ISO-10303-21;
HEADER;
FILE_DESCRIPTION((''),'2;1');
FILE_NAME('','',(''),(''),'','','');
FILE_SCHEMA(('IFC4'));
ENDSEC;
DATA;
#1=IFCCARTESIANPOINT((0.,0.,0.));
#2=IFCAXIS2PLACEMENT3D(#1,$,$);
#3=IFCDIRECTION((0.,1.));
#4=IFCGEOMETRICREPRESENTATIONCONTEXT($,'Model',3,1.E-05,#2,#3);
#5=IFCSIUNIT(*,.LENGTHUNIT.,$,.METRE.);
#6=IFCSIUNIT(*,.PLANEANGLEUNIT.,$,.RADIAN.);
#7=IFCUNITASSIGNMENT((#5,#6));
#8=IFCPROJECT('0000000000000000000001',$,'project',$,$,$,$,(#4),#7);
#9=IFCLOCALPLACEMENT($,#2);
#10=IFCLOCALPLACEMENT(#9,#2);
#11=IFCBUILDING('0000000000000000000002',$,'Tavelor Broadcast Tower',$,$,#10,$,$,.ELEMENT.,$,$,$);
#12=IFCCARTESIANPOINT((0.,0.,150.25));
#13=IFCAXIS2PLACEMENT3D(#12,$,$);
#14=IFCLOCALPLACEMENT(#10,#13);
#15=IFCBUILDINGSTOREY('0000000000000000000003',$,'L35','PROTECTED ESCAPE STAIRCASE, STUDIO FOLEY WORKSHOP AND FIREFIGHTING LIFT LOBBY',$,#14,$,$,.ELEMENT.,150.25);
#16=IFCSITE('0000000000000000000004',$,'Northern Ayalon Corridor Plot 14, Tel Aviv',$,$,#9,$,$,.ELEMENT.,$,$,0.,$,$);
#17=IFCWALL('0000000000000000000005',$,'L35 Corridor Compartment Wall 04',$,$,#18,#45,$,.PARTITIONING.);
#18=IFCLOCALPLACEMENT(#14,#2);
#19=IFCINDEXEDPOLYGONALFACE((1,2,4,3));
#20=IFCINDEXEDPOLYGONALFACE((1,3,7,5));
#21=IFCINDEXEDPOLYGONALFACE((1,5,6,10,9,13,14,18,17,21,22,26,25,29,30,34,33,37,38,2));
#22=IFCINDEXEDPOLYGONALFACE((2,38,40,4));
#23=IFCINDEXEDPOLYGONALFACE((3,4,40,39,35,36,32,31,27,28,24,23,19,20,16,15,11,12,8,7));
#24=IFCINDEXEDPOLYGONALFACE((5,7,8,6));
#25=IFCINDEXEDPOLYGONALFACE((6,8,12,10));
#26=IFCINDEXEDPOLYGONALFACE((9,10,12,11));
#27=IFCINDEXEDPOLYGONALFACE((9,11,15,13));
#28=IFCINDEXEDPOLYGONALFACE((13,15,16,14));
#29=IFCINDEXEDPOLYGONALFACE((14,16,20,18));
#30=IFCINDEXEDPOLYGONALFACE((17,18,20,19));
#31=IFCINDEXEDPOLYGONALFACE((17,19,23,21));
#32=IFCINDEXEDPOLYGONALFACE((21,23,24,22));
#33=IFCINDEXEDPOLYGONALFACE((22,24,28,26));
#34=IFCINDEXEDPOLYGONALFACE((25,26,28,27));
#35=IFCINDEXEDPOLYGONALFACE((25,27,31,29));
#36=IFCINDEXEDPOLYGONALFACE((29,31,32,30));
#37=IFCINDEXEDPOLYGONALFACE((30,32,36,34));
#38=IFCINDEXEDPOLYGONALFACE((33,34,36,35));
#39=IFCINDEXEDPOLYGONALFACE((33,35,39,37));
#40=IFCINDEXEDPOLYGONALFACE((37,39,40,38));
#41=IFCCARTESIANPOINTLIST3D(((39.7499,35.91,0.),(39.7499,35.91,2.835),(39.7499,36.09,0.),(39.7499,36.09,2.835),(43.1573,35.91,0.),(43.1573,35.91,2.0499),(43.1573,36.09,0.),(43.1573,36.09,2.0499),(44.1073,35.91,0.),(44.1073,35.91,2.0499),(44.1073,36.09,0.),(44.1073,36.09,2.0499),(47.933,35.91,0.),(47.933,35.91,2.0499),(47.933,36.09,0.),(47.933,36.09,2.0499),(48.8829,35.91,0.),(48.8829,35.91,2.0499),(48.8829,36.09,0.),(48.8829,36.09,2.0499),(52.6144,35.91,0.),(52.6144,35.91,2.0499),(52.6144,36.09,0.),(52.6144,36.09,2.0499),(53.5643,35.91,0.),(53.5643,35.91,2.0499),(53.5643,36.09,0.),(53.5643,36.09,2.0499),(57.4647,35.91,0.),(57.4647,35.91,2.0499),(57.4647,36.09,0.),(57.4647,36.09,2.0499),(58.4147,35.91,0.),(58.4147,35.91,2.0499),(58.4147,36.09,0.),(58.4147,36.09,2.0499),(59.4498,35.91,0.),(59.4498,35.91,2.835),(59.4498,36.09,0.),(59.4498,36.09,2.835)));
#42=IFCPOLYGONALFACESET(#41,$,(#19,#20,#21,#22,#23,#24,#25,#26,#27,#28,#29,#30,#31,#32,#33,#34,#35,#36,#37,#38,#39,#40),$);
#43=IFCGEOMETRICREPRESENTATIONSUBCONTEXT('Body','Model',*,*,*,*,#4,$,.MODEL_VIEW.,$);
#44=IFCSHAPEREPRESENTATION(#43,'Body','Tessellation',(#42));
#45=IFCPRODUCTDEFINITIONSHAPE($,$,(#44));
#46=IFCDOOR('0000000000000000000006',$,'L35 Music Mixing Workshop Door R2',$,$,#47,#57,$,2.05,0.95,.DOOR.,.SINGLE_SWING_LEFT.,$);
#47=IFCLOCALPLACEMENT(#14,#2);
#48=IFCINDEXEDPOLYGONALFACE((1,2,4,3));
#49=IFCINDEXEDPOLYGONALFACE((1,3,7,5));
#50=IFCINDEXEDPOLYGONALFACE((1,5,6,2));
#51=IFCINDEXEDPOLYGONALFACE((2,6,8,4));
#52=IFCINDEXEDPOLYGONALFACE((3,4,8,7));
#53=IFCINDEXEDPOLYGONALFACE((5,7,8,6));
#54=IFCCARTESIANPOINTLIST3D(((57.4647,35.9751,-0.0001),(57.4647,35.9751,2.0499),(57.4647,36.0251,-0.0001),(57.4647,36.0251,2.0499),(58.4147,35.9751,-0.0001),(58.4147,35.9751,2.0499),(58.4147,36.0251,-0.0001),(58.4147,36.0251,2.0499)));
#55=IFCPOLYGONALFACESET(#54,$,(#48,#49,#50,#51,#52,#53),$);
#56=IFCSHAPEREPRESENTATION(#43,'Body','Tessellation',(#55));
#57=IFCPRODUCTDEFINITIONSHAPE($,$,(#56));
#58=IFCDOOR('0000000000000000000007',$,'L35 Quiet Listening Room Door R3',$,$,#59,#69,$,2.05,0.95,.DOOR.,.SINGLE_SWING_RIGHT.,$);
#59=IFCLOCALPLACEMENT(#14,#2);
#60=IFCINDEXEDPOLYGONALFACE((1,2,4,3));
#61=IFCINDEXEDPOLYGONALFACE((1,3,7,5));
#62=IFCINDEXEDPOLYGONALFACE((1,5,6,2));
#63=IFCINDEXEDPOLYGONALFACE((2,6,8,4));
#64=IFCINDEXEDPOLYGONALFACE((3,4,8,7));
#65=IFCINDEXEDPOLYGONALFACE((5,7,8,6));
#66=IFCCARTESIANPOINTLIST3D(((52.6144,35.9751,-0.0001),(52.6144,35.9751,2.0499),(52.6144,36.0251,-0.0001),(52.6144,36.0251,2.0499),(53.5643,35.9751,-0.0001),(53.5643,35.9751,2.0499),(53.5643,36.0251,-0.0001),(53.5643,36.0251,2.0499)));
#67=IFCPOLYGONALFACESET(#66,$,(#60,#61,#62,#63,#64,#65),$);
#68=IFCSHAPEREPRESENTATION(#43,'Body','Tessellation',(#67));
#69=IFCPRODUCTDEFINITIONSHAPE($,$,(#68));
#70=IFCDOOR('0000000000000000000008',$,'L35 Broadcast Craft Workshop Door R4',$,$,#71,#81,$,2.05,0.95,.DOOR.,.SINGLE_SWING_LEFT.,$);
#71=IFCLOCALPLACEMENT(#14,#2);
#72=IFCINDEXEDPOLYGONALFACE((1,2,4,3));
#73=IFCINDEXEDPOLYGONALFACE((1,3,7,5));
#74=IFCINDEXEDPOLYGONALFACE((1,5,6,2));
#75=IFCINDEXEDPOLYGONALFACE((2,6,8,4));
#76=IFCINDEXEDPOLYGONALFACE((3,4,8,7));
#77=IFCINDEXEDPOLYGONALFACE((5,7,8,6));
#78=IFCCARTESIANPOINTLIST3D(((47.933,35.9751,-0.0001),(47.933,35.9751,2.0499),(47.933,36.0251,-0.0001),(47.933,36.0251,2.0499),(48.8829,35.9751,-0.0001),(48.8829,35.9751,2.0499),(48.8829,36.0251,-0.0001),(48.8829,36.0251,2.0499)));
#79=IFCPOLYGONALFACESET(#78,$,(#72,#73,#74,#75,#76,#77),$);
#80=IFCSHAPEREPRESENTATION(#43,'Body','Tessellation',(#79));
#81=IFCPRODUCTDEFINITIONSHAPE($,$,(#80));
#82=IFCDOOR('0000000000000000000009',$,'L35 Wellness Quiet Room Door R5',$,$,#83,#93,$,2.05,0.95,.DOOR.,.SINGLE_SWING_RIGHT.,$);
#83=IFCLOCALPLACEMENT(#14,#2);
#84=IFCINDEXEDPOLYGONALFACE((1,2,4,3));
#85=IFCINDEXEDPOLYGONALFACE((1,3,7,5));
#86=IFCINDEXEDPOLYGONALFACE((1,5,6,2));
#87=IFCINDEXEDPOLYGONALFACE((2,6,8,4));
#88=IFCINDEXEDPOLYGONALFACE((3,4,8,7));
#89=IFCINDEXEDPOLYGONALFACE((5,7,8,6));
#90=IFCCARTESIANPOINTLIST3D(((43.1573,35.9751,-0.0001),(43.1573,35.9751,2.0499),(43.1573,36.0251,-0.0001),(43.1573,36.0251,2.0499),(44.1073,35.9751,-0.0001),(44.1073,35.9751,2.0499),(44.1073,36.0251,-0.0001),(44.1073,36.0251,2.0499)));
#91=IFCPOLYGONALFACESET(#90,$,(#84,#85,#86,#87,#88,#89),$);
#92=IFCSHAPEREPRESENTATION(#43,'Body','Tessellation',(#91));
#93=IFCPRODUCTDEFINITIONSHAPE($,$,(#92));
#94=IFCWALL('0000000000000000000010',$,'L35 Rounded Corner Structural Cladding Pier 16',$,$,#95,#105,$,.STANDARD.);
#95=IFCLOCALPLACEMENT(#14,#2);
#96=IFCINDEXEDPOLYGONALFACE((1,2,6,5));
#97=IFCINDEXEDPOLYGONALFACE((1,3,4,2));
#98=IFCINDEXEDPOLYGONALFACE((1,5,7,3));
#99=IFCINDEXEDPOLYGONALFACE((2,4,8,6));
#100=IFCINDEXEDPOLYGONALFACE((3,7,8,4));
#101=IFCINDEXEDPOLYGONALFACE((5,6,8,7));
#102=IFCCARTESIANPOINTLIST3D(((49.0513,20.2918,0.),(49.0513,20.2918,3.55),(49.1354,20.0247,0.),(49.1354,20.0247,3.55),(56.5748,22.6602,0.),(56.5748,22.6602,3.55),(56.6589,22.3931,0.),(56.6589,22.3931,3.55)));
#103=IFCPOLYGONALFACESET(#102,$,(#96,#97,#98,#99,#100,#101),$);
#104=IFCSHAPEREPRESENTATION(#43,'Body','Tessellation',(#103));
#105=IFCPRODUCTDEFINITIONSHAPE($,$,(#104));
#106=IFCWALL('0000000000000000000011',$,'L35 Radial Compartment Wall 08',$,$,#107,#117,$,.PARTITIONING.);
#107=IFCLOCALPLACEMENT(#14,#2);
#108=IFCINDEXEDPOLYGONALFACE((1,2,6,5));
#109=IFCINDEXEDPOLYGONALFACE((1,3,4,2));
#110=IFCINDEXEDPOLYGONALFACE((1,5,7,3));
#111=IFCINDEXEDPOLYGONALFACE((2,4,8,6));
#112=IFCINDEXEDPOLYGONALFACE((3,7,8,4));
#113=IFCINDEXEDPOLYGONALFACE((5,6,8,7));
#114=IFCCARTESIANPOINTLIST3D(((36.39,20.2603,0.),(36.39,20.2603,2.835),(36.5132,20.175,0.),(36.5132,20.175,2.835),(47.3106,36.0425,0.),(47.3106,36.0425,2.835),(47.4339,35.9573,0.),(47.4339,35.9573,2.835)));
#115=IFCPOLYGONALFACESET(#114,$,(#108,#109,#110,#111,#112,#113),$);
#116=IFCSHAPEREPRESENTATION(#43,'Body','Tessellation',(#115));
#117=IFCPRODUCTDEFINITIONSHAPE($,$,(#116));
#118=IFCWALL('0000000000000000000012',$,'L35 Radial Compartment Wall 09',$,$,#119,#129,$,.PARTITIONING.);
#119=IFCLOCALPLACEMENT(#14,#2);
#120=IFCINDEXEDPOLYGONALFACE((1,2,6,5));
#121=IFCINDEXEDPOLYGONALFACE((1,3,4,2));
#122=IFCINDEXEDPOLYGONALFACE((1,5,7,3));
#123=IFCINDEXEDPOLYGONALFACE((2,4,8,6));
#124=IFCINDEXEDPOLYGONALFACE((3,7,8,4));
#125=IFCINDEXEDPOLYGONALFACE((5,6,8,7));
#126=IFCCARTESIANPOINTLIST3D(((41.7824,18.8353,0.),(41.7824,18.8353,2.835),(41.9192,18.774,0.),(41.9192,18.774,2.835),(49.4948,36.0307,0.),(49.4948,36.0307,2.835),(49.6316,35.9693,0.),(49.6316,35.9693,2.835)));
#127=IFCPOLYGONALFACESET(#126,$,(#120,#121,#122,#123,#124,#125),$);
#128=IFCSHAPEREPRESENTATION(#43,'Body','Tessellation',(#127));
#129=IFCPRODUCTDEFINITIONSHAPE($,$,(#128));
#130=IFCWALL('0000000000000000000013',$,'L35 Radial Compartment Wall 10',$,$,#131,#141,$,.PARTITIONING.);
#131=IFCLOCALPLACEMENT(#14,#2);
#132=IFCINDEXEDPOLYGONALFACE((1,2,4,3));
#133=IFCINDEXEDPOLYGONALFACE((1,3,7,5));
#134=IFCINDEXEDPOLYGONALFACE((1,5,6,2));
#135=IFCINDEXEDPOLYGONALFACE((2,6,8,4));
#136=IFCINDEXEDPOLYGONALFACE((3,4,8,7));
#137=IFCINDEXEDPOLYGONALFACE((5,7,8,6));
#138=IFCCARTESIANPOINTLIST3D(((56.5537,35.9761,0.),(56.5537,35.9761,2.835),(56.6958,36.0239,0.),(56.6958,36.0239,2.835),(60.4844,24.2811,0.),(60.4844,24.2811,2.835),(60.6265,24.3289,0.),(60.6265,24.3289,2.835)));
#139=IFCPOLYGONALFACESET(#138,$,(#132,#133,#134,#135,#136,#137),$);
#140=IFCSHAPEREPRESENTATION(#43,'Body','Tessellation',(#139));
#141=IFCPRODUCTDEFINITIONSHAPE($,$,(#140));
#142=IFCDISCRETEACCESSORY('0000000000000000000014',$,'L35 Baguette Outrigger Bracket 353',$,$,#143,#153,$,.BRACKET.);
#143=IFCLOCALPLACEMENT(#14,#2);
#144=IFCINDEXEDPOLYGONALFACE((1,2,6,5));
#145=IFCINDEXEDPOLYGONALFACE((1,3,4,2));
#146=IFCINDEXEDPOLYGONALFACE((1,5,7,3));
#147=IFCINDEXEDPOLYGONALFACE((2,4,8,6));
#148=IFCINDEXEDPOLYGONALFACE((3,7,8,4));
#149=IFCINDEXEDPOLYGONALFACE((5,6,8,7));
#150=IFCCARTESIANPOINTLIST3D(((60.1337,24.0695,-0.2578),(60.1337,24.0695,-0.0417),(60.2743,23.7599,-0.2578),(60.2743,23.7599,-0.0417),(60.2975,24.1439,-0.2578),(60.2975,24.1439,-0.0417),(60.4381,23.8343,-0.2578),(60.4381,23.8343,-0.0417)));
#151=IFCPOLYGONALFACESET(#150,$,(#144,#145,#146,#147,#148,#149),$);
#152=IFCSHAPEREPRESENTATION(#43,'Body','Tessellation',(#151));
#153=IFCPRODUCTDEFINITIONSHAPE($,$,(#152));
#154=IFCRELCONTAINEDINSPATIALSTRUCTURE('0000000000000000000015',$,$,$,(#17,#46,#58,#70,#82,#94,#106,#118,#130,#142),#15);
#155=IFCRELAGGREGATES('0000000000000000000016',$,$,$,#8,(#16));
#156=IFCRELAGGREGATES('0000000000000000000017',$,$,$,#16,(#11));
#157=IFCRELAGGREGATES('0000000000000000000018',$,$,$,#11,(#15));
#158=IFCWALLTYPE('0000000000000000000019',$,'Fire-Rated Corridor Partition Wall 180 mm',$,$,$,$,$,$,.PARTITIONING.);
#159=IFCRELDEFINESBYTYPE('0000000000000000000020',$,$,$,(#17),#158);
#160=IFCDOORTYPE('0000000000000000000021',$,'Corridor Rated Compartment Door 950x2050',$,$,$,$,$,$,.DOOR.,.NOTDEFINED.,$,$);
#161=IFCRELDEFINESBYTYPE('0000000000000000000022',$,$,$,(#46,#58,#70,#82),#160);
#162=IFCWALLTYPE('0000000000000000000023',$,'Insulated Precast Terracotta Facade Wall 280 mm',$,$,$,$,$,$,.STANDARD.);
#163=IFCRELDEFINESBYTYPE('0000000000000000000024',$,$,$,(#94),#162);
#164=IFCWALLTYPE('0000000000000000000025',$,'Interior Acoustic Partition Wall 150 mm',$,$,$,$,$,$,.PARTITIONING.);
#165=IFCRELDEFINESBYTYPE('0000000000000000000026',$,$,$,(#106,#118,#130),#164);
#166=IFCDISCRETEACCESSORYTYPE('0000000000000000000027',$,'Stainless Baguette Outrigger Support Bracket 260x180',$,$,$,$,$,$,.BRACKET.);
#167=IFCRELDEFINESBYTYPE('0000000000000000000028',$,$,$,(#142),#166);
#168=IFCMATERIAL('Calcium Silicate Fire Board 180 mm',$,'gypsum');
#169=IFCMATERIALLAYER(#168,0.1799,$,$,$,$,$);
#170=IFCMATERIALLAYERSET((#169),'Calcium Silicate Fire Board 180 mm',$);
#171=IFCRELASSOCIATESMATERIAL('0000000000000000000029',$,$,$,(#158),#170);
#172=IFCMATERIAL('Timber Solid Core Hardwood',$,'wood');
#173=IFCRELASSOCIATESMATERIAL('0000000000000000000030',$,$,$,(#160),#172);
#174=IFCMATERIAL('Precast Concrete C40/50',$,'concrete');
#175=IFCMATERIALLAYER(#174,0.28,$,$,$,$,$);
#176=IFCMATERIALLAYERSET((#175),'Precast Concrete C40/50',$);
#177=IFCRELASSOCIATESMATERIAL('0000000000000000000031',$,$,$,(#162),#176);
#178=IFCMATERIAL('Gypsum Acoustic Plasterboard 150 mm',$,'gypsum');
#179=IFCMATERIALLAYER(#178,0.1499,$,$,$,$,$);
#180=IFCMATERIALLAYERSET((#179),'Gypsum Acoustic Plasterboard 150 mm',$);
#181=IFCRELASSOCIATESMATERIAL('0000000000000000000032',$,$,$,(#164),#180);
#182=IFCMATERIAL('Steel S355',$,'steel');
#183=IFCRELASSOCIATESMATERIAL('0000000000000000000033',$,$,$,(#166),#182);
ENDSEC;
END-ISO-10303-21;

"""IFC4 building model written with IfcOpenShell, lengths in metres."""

from ifc_helpers import new_model, si_unit, direction, frame, frame_2d, origin, origin_2d, place, context, subcontext, project, spatial, rectangle, extrude, source, transform, mapped, material, layer, layer_set, type_object, type_shapes, element, fill, save


model = new_model("IFC4")

# Units and contexts
model_context = context("Model", 3, precision=1e-05, world=origin(), true_north=direction((0.0, 1.0)))
body_context = subcontext(model_context, "Body", "Model", "MODEL_VIEW")
ifc_project = project(units=[si_unit("LENGTHUNIT", "METRE"), si_unit("PLANEANGLEUNIT", "RADIAN")], contexts=[model_context])

# Site, building, storey
site_placement = place(None, origin())
site = spatial("IfcSite", under=ifc_project, at=site_placement, Name="Northern Ayalon Corridor Plot 14, Tel Aviv", CompositionType="ELEMENT", RefElevation=0.0)
building_placement = place(site_placement, origin())
building = spatial("IfcBuilding", under=site, at=building_placement, Name="Tavelor Broadcast Tower", CompositionType="ELEMENT")
storey_placement = place(building_placement, frame((0.0, 0.0, 150.25)))
storey = spatial("IfcBuildingStorey", under=building, at=storey_placement, Name="L35", Description="PROTECTED ESCAPE STAIRCASE, STUDIO FOLEY WORKSHOP AND FIREFIGHTING LIFT LOBBY", CompositionType="ELEMENT", Elevation=150.25)

# Shared definitions
ifc_material_1 = material(Name="Steel S355", Category="steel")

# Wall, openings, doors
ifc_material_2 = material(Name="Calcium Silicate Fire Board 180 mm", Category="gypsum")
ifc_layer_1 = layer(ifc_material_2, 0.1799)
ifc_layer_set_1 = layer_set([ifc_layer_1], Name="Calcium Silicate Fire Board 180 mm")
wall_type_1 = type_object("IfcWallType", Name="Fire-Rated Corridor Partition Wall 180 mm", PredefinedType="PARTITIONING", material=ifc_layer_set_1)
wall_1_placement = place(storey_placement, frame((59.45, 36.0, 0.0), z_axis=(0.0, 0.0, 1.0), x_axis=(-1.0, 0.0, 0.0)))
wall_1 = element("IfcWall", 1, at=wall_1_placement, inside=storey, type_object=wall_type_1, Name="L35 Corridor Compartment Wall 04", PredefinedType="PARTITIONING", context=body_context, shape_type="SweptSolid", body=[
    extrude(rectangle(XDim=19.7, YDim=0.1799, at=frame_2d((9.8501, 0.0))), origin(), (0.0, 0.0, 1.0), 2.835),
])
opening_1_placement = place(wall_1_placement, frame((1.0352, 0.0, 0.0)))
opening_1 = element("IfcOpeningElement", 2, at=opening_1_placement, cuts=wall_1, PredefinedType="OPENING", context=body_context, shape_type="SweptSolid", body=[
    extrude(rectangle(XDim=0.95, YDim=2.05, at=frame_2d((0.4751, 1.0249))), frame((0.0, 0.1001, 0.0), z_axis=(0.0, -1.0, 0.0), x_axis=(1.0, 0.0, 0.0)), (0.0, 0.0, 1.0), 0.2),
])
opening_2_placement = place(wall_1_placement, frame((5.8855, 0.0, 0.0)))
opening_2 = element("IfcOpeningElement", 3, at=opening_2_placement, cuts=wall_1, PredefinedType="OPENING", context=body_context, shape_type="SweptSolid", body=[
    extrude(rectangle(XDim=0.95, YDim=2.05, at=frame_2d((0.4751, 1.0249))), frame((0.0, 0.1001, 0.0), z_axis=(0.0, -1.0, 0.0), x_axis=(1.0, 0.0, 0.0)), (0.0, 0.0, 1.0), 0.2),
])
opening_3_placement = place(wall_1_placement, frame((10.5669, 0.0, 0.0)))
opening_3 = element("IfcOpeningElement", 4, at=opening_3_placement, cuts=wall_1, PredefinedType="OPENING", context=body_context, shape_type="SweptSolid", body=[
    extrude(rectangle(XDim=0.95, YDim=2.05, at=frame_2d((0.4751, 1.0249))), frame((0.0, 0.1001, 0.0), z_axis=(0.0, -1.0, 0.0), x_axis=(1.0, 0.0, 0.0)), (0.0, 0.0, 1.0), 0.2),
])
opening_4_placement = place(wall_1_placement, frame((15.3425, 0.0, 0.0)))
opening_4 = element("IfcOpeningElement", 5, at=opening_4_placement, cuts=wall_1, PredefinedType="OPENING", context=body_context, shape_type="SweptSolid", body=[
    extrude(rectangle(XDim=0.95, YDim=2.05, at=frame_2d((0.4751, 1.0249))), frame((0.0, 0.1001, 0.0), z_axis=(0.0, -1.0, 0.0), x_axis=(1.0, 0.0, 0.0)), (0.0, 0.0, 1.0), 0.2),
])
ifc_material_3 = material(Name="Timber Solid Core Hardwood", Category="wood")
door_type = type_object("IfcDoorType", Name="Corridor Rated Compartment Door 950x2050", OperationType="NOTDEFINED", PredefinedType="DOOR", material=ifc_material_3)
door_1_placement = place(opening_1_placement, origin())
door_1 = element("IfcDoor", 6, at=door_1_placement, inside=storey, type_object=door_type, Name="L35 Music Mixing Workshop Door R2", OperationType="SINGLE_SWING_LEFT", OverallHeight=2.05, OverallWidth=0.95, PredefinedType="DOOR", context=body_context, shape_type="SweptSolid", body=[
    extrude(rectangle(XDim=0.95, YDim=2.05, at=frame_2d((0.4751, 1.0249))), frame((0.0, 0.0249, 0.0), z_axis=(0.0, -1.0, 0.0), x_axis=(1.0, 0.0, 0.0)), (0.0, 0.0, 1.0), 0.05),
])
fill(opening_1, door_1)
door_2_placement = place(opening_2_placement, origin())
door_2 = element("IfcDoor", 7, at=door_2_placement, inside=storey, type_object=door_type, Name="L35 Quiet Listening Room Door R3", OperationType="SINGLE_SWING_RIGHT", OverallHeight=2.05, OverallWidth=0.95, PredefinedType="DOOR", context=body_context, shape_type="SweptSolid", body=[
    extrude(rectangle(XDim=0.95, YDim=2.05, at=frame_2d((0.4751, 1.0249))), frame((0.0, 0.0249, 0.0), z_axis=(0.0, -1.0, 0.0), x_axis=(1.0, 0.0, 0.0)), (0.0, 0.0, 1.0), 0.05),
])
fill(opening_2, door_2)
door_3_placement = place(opening_3_placement, origin())
door_3 = element("IfcDoor", 8, at=door_3_placement, inside=storey, type_object=door_type, Name="L35 Broadcast Craft Workshop Door R4", OperationType="SINGLE_SWING_LEFT", OverallHeight=2.05, OverallWidth=0.95, PredefinedType="DOOR", context=body_context, shape_type="SweptSolid", body=[
    extrude(rectangle(XDim=0.95, YDim=2.05, at=frame_2d((0.4751, 1.0249))), frame((0.0, 0.0249, 0.0), z_axis=(0.0, -1.0, 0.0), x_axis=(1.0, 0.0, 0.0)), (0.0, 0.0, 1.0), 0.05),
])
fill(opening_3, door_3)
door_4_placement = place(opening_4_placement, origin())
door_4 = element("IfcDoor", 9, at=door_4_placement, inside=storey, type_object=door_type, Name="L35 Wellness Quiet Room Door R5", OperationType="SINGLE_SWING_RIGHT", OverallHeight=2.05, OverallWidth=0.95, PredefinedType="DOOR", context=body_context, shape_type="SweptSolid", body=[
    extrude(rectangle(XDim=0.95, YDim=2.05, at=frame_2d((0.4751, 1.0249))), frame((0.0, 0.0249, 0.0), z_axis=(0.0, -1.0, 0.0), x_axis=(1.0, 0.0, 0.0)), (0.0, 0.0, 1.0), 0.05),
])
fill(opening_4, door_4)

# Walls
ifc_material_4 = material(Name="Precast Concrete C40/50", Category="concrete")
ifc_layer_2 = layer(ifc_material_4, 0.28)
ifc_layer_set_2 = layer_set([ifc_layer_2], Name="Precast Concrete C40/50")
wall_type_2 = type_object("IfcWallType", Name="Insulated Precast Terracotta Facade Wall 280 mm", PredefinedType="STANDARD", material=ifc_layer_set_2)
wall_2_placement = place(storey_placement, frame((49.0933, 20.1582, 0.0), z_axis=(0.0, 0.0, 1.0), x_axis=(0.953852, 0.300276, 0.0)))
element("IfcWall", 10, at=wall_2_placement, inside=storey, type_object=wall_type_2, Name="L35 Rounded Corner Structural Cladding Pier 16", PredefinedType="STANDARD", context=body_context, shape_type="SweptSolid", body=[
    extrude(rectangle(XDim=7.8875, YDim=0.28, at=frame_2d((3.9438, 0.0))), origin(), (0.0, 0.0, 1.0), 3.55),
])
ifc_material_5 = material(Name="Gypsum Acoustic Plasterboard 150 mm", Category="gypsum")
ifc_layer_3 = layer(ifc_material_5, 0.1499)
ifc_layer_set_3 = layer_set([ifc_layer_3], Name="Gypsum Acoustic Plasterboard 150 mm")
wall_type_3 = type_object("IfcWallType", Name="Interior Acoustic Partition Wall 150 mm", PredefinedType="PARTITIONING", material=ifc_layer_set_3)
wall_3_placement = place(storey_placement, frame((47.3723, 36.0, 0.0), z_axis=(0.0, 0.0, 1.0), x_axis=(-0.569016, -0.822326, 0.0)))
element("IfcWall", 11, at=wall_3_placement, inside=storey, type_object=wall_type_3, Name="L35 Radial Compartment Wall 08", PredefinedType="PARTITIONING", context=body_context, shape_type="SweptSolid", body=[
    extrude(rectangle(XDim=19.1921, YDim=0.1499, at=frame_2d((9.5962, 0.0))), origin(), (0.0, 0.0, 1.0), 2.835),
])
wall_4_placement = place(storey_placement, frame((49.5632, 36.0, 0.0), z_axis=(0.0, 0.0, 1.0), x_axis=(-0.40924, -0.912427, 0.0)))
element("IfcWall", 12, at=wall_4_placement, inside=storey, type_object=wall_type_3, Name="L35 Radial Compartment Wall 09", PredefinedType="PARTITIONING", context=body_context, shape_type="SweptSolid", body=[
    extrude(rectangle(XDim=18.8457, YDim=0.1499, at=frame_2d((9.4229, 0.0))), origin(), (0.0, 0.0, 1.0), 2.835),
])
wall_5_placement = place(storey_placement, frame((56.6248, 36.0, 0.0), z_axis=(0.0, 0.0, 1.0), x_axis=(0.318584, -0.947895, 0.0)))
element("IfcWall", 13, at=wall_5_placement, inside=storey, type_object=wall_type_3, Name="L35 Radial Compartment Wall 10", PredefinedType="PARTITIONING", context=body_context, shape_type="SweptSolid", body=[
    extrude(rectangle(XDim=12.3379, YDim=0.1499, at=frame_2d((6.1689, 0.0))), origin(), (0.0, 0.0, 1.0), 2.835),
])

# Discrete accessory
discrete_accessory_type = type_object("IfcDiscreteAccessoryType", Name="Stainless Baguette Outrigger Support Bracket 260x180", PredefinedType="BRACKET", material=ifc_material_1)
shared_shape_1 = source(origin(), body_context, "Body", "SweptSolid", [
    extrude(rectangle(XDim=0.1799, YDim=0.3401, at=origin_2d()), origin(), (0.0, 0.0, 1.0), 0.2161),
])
type_shapes(discrete_accessory_type, [shared_shape_1])
discrete_accessory_placement = place(storey_placement, frame((60.2859, 23.9519, -0.2578), z_axis=(0.0, 0.0, 1.0), x_axis=(0.910467, 0.413581, 0.0)))
element("IfcDiscreteAccessory", 14, at=discrete_accessory_placement, inside=storey, type_object=discrete_accessory_type, Name="L35 Baguette Outrigger Bracket 353", PredefinedType="BRACKET", context=body_context, shape_type="MappedRepresentation", body=[
    mapped(shared_shape_1, transform((0.0, 0.0, 0.0), scale=1.0)),
])

save(model, "model.ifc")
